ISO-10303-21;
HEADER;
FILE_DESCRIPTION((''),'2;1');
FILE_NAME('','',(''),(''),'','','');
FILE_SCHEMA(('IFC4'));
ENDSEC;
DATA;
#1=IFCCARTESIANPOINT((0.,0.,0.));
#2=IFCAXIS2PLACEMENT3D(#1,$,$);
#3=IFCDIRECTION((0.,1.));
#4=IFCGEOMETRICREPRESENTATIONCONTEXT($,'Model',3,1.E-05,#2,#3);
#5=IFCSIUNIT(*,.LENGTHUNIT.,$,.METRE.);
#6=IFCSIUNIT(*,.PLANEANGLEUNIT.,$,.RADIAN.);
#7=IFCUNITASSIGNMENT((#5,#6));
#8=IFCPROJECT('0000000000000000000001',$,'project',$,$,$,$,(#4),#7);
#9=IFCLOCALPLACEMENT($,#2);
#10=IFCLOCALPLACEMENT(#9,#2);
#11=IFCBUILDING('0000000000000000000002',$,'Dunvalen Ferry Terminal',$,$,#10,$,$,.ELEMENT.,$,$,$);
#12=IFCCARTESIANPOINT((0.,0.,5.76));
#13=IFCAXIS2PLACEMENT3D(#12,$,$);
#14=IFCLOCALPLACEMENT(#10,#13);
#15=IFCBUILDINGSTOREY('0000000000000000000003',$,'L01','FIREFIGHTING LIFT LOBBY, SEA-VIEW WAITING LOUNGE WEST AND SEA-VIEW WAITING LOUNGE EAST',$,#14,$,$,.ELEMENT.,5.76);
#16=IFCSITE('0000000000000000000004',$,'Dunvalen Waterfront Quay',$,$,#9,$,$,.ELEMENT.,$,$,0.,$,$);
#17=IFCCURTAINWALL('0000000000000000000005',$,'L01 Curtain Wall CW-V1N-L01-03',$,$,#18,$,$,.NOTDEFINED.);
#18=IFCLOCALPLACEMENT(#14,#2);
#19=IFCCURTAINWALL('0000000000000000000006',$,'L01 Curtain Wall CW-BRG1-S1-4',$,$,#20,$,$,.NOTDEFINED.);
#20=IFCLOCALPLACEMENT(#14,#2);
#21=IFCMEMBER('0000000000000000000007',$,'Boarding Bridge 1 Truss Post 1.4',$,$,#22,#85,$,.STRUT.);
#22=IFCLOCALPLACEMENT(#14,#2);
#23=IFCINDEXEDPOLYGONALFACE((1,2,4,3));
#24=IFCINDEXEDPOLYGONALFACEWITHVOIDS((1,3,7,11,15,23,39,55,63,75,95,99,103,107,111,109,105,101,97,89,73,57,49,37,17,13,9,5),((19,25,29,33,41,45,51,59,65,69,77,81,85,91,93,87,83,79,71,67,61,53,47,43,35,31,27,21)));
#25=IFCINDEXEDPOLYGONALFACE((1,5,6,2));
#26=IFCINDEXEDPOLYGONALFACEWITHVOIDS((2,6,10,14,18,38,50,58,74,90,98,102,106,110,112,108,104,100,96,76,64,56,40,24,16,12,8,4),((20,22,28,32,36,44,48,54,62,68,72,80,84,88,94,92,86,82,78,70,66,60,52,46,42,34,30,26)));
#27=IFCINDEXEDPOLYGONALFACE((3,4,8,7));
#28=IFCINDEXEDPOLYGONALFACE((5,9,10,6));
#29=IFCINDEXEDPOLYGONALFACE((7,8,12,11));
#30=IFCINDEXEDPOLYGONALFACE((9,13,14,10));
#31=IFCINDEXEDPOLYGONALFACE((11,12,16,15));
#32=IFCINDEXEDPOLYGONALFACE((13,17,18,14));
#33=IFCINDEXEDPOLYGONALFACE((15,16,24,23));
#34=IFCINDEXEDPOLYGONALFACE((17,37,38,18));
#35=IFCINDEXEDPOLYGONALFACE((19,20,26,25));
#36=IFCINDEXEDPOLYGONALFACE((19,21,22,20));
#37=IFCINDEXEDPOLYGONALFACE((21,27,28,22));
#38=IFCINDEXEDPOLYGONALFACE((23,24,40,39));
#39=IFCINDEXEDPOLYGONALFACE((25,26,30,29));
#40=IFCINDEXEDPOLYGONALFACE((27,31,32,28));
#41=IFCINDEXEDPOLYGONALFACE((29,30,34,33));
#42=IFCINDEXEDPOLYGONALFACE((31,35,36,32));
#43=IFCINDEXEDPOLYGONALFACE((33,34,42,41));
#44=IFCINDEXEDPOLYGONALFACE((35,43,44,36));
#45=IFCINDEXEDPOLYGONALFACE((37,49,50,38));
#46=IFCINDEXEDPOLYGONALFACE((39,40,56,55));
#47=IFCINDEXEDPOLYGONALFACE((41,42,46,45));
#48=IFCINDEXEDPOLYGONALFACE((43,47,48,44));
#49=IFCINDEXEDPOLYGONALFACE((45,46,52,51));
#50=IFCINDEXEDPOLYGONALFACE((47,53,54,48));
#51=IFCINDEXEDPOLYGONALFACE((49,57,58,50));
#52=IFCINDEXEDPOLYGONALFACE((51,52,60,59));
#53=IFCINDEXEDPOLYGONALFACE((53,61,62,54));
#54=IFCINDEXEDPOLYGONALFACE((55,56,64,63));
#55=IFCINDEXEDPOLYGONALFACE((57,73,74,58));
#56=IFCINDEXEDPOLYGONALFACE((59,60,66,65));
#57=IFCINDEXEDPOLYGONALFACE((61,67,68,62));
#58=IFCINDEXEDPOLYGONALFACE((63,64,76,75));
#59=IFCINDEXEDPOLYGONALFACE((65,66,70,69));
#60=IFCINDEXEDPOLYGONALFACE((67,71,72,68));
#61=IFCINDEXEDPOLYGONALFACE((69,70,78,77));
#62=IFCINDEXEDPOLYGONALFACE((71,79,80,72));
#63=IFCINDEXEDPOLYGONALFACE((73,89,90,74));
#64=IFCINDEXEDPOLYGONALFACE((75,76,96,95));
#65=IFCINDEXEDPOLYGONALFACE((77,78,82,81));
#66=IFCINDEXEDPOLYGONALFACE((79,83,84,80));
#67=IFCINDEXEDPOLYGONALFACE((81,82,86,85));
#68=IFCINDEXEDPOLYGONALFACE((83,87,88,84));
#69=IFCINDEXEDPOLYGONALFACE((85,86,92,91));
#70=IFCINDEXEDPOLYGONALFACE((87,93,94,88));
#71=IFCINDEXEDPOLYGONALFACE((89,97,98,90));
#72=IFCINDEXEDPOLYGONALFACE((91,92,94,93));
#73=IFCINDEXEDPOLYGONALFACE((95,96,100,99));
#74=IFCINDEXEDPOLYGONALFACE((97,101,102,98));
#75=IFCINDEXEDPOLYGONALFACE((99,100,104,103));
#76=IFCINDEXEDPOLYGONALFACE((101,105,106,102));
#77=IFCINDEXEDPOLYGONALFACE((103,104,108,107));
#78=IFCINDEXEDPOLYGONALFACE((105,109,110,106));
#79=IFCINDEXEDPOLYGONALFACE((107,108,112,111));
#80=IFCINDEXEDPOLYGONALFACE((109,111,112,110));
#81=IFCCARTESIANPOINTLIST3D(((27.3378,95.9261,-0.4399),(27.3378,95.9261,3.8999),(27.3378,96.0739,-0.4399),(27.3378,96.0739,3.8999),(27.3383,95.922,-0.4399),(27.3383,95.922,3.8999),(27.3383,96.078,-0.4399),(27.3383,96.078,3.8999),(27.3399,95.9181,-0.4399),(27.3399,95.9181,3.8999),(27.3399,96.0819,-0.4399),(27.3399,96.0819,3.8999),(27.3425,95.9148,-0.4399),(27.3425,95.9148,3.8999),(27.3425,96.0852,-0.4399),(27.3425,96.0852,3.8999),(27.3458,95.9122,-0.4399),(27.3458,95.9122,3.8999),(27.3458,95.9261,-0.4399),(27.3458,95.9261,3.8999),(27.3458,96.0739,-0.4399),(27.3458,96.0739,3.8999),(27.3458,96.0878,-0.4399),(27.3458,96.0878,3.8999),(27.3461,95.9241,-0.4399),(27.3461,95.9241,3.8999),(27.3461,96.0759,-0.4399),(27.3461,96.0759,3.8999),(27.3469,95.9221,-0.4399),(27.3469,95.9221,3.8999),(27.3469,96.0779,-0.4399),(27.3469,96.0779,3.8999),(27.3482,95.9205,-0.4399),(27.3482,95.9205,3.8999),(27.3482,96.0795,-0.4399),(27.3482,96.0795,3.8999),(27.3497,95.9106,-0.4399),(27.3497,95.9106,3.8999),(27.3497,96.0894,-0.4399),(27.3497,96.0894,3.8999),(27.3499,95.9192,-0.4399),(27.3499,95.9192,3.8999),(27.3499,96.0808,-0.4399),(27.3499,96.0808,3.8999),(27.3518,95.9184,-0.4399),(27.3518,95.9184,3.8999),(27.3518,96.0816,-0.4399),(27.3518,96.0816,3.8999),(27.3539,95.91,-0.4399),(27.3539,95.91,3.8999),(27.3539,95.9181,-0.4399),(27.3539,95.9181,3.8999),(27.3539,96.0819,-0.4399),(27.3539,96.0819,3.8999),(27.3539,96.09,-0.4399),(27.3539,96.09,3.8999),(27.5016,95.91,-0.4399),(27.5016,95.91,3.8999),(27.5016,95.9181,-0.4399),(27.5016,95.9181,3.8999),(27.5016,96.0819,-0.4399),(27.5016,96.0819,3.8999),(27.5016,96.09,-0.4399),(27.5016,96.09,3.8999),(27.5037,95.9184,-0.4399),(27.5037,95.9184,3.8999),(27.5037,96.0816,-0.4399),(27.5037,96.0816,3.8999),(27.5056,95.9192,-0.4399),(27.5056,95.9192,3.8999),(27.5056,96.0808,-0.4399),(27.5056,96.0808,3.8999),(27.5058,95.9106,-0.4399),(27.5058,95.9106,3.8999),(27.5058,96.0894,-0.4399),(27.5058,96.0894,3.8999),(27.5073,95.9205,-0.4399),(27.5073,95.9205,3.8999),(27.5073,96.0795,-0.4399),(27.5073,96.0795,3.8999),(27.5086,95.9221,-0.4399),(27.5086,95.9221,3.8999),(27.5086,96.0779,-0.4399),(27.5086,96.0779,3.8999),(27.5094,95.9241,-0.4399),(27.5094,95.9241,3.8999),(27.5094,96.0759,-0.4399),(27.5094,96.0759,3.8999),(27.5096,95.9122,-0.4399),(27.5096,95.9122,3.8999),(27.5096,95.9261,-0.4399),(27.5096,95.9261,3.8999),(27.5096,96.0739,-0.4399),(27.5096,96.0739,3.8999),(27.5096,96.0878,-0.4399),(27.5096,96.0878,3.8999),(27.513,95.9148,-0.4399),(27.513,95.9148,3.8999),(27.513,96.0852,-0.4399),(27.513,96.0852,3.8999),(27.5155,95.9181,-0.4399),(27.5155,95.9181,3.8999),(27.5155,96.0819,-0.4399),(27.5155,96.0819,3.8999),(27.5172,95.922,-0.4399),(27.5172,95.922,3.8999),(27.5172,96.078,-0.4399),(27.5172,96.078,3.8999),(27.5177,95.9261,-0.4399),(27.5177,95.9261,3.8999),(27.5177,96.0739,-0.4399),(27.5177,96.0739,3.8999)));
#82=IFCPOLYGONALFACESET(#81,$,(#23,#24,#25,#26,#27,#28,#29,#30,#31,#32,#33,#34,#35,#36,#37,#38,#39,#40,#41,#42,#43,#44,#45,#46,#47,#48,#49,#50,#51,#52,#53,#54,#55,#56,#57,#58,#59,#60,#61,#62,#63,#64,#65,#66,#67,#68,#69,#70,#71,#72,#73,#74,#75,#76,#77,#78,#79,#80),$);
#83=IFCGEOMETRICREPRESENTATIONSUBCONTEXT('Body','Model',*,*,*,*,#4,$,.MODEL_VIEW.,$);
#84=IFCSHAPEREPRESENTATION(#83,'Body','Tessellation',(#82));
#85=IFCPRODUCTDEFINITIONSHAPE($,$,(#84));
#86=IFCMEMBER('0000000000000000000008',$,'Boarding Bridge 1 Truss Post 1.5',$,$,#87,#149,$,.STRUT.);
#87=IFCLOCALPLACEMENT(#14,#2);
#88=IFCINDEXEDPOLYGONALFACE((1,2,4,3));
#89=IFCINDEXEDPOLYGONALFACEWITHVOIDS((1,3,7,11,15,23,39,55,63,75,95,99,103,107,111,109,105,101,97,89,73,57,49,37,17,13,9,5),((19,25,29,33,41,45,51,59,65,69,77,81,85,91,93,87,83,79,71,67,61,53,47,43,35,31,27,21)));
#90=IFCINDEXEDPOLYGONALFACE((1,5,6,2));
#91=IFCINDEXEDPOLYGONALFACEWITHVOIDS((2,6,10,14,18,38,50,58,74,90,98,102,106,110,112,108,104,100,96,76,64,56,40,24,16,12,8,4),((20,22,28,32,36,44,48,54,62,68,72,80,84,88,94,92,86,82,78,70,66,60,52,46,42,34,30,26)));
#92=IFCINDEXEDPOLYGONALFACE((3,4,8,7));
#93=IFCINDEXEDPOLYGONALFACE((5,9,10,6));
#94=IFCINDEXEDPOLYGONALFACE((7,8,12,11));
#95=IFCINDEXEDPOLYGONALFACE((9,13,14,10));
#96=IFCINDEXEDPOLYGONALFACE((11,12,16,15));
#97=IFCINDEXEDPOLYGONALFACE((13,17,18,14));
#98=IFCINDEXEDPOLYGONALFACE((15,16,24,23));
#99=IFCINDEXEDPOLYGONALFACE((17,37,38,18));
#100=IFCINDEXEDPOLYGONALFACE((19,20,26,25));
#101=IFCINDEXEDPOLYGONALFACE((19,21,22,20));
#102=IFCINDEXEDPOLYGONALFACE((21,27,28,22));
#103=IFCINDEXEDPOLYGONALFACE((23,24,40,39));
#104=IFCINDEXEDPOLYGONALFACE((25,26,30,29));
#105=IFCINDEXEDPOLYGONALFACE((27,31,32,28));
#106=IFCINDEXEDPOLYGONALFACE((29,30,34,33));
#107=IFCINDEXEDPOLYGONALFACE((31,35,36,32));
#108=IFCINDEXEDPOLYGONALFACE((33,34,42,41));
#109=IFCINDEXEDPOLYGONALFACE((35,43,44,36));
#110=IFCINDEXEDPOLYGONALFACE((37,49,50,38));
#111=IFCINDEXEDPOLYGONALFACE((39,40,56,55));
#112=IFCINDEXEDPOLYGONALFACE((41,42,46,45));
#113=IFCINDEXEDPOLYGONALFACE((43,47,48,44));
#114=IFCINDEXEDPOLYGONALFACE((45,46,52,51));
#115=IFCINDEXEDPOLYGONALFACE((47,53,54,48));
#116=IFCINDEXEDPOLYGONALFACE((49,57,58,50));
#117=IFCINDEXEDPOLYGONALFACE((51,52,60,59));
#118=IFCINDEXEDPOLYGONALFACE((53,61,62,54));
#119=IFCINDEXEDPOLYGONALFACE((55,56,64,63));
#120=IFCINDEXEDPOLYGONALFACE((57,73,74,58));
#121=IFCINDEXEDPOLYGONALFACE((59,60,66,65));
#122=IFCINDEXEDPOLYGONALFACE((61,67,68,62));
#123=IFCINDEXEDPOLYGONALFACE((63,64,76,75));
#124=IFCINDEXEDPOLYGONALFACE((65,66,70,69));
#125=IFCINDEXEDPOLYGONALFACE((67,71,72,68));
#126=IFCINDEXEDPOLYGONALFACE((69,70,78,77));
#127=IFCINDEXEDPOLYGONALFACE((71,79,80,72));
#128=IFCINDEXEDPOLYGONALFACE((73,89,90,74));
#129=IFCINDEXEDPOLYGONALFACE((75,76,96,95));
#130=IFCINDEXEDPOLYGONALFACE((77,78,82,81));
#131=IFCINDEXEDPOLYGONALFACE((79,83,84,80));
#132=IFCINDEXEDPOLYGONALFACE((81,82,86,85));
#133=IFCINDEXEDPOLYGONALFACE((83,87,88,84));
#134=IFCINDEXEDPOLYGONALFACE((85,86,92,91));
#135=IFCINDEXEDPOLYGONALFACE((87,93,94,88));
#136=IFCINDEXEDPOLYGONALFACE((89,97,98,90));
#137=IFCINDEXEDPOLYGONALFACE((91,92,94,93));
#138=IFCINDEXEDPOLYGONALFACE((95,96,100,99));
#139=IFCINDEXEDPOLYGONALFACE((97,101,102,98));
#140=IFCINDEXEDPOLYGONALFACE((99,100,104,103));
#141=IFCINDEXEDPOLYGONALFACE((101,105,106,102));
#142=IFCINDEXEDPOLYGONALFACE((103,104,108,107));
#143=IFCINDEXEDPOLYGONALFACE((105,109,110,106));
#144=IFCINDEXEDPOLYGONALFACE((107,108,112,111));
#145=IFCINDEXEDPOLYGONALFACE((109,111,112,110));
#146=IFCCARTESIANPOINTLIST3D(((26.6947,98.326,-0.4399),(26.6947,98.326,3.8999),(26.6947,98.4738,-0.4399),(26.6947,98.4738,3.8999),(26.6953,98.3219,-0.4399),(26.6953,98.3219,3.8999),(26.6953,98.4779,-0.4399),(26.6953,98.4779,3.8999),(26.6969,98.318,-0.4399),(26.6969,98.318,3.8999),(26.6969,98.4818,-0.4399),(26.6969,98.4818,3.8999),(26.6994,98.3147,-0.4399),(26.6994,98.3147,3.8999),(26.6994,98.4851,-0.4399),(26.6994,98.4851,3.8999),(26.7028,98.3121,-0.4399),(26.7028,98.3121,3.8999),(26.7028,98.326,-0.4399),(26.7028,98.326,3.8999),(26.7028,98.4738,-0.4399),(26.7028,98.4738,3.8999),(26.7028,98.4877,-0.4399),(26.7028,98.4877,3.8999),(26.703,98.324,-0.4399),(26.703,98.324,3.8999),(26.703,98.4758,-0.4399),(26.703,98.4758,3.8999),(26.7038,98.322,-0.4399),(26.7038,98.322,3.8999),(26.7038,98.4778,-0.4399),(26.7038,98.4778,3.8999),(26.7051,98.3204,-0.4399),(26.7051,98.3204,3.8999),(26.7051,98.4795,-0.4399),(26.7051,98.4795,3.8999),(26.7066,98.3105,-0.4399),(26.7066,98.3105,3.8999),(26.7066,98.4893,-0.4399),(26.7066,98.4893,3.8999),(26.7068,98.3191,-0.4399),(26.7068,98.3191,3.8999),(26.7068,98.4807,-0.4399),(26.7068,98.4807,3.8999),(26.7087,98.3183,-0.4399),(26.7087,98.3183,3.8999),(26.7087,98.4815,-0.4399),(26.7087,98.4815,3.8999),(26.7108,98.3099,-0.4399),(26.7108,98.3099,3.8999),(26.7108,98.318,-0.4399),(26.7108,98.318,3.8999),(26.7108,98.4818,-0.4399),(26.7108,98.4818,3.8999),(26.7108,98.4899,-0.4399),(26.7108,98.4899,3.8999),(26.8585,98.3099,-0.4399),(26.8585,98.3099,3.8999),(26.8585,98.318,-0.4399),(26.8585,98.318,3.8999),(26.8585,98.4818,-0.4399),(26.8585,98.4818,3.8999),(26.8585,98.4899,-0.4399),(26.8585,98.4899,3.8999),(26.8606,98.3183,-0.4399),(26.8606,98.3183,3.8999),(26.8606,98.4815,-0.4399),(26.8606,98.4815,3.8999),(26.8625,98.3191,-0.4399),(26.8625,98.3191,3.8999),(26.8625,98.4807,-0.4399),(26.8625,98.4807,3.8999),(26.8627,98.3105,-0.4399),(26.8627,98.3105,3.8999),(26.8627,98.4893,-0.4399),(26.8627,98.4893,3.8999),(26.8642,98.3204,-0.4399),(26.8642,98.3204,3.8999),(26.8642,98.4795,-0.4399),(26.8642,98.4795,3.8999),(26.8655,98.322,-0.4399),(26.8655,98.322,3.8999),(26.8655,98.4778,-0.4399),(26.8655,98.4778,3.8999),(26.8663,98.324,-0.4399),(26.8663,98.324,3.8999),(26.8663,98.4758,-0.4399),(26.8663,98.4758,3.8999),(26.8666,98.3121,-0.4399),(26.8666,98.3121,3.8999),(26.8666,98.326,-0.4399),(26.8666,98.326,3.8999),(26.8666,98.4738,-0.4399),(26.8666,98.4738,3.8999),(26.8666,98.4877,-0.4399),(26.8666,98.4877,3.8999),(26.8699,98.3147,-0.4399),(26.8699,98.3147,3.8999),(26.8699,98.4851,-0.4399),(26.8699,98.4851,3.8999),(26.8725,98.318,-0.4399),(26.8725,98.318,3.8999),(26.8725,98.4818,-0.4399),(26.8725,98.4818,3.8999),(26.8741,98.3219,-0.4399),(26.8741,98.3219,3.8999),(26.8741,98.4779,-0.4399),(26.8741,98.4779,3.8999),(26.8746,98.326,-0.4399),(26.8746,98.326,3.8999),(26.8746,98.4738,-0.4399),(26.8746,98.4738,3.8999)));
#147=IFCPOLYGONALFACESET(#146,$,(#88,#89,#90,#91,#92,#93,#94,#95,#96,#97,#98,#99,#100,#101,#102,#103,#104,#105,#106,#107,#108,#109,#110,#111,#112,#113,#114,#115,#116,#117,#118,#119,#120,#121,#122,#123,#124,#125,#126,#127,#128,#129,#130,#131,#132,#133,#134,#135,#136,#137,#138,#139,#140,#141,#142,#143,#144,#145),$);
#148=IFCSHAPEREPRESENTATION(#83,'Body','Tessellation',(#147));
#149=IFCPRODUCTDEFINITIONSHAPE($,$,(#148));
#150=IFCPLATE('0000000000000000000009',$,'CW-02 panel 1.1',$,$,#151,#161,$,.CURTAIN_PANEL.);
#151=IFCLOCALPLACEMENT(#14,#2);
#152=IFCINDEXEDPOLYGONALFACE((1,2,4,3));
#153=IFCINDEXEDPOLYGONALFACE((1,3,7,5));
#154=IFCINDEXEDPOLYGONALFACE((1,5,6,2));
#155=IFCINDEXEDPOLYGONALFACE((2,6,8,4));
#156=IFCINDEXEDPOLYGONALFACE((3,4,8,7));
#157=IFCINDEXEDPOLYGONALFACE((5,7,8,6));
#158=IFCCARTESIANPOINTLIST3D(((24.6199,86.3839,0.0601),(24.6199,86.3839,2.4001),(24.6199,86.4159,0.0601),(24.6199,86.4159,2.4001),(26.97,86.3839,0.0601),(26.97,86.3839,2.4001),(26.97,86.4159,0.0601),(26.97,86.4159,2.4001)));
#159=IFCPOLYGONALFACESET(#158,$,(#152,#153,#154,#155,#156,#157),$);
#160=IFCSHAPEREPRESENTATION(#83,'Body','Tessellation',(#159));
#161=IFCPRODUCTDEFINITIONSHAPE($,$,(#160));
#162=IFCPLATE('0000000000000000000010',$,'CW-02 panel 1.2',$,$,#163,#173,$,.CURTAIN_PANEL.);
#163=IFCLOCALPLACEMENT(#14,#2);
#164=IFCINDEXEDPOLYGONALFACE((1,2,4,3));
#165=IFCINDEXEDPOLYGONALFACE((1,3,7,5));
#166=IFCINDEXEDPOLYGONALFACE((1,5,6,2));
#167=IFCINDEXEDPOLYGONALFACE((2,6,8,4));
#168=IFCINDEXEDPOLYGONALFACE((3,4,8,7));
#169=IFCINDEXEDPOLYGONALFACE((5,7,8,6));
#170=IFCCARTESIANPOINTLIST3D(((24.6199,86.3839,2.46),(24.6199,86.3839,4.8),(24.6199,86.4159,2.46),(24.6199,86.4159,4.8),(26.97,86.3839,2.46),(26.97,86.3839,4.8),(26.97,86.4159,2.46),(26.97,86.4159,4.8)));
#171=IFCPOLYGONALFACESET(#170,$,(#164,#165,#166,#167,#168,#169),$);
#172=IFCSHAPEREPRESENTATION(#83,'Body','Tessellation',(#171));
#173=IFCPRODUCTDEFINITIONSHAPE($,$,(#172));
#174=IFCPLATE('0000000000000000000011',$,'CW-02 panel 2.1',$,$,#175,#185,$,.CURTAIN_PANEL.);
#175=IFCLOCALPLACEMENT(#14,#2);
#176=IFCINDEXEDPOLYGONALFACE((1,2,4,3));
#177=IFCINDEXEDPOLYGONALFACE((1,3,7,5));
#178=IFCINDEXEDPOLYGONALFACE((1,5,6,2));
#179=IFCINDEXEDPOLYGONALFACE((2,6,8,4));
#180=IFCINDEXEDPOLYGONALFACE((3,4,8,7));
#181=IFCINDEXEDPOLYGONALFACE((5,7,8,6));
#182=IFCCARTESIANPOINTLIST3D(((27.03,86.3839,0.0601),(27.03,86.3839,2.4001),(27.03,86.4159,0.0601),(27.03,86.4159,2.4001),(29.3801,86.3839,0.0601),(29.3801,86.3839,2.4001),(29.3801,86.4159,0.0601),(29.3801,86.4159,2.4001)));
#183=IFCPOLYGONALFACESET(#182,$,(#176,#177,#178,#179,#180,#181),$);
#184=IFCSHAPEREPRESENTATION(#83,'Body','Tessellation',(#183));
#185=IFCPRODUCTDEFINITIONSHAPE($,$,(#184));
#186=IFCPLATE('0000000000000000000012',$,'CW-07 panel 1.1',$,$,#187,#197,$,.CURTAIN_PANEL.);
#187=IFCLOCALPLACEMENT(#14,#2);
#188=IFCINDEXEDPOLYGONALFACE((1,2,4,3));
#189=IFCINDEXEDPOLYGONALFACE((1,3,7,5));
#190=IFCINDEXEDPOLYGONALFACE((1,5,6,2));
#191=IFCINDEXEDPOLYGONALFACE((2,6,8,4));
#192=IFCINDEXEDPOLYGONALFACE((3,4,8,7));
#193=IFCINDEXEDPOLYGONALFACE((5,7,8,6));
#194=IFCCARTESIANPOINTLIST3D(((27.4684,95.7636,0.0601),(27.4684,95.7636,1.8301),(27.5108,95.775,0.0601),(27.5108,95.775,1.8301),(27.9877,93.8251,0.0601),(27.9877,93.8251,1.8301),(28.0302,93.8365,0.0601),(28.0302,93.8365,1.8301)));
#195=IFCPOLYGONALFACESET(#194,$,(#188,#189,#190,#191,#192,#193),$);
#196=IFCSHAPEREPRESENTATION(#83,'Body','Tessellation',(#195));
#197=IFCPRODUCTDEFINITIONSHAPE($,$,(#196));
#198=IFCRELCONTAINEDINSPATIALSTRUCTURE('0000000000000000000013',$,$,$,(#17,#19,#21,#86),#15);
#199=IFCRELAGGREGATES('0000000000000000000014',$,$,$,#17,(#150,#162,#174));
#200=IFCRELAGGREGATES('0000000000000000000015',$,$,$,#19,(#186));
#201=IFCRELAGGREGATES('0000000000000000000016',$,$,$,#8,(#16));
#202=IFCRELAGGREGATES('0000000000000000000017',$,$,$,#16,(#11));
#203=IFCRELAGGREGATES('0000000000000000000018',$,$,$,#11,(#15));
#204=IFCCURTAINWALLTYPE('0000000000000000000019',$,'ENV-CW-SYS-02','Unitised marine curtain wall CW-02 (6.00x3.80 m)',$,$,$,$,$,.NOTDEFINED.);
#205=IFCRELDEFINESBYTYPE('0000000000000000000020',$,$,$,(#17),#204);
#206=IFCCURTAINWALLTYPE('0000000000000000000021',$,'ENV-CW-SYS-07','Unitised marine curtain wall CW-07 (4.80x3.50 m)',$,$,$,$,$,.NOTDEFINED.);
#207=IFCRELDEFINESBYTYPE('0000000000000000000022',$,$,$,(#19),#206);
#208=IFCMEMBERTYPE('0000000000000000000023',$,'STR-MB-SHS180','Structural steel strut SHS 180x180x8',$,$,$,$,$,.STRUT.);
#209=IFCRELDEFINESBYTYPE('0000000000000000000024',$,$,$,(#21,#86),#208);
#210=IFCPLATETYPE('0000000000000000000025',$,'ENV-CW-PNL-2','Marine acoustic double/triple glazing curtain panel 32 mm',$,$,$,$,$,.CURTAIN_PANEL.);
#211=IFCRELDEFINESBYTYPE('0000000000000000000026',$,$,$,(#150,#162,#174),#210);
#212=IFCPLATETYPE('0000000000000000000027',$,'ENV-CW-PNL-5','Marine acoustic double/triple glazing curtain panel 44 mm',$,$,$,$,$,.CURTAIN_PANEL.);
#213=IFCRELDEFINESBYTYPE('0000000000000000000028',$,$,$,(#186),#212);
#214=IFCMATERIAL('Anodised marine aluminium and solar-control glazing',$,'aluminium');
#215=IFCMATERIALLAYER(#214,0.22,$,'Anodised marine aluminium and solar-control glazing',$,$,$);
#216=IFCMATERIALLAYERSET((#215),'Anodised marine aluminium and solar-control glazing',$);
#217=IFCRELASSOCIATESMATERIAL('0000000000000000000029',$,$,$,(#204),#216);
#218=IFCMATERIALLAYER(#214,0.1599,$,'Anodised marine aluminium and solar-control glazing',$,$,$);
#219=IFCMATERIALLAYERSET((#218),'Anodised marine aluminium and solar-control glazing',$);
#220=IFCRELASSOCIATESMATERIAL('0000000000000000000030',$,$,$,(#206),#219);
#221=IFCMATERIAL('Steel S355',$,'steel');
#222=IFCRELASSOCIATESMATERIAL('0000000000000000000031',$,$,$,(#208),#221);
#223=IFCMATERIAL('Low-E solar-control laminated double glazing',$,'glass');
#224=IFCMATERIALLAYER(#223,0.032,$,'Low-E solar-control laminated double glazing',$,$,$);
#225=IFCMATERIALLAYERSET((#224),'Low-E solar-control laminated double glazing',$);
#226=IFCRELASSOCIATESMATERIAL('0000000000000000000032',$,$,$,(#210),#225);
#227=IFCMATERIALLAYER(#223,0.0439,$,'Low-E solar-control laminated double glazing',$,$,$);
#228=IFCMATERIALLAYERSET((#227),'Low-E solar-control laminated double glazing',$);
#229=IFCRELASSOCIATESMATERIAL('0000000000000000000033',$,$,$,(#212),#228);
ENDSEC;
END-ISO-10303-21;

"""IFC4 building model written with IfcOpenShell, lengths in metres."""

from ifc_helpers import new_model, si_unit, direction, frame, origin, origin_2d, place, context, subcontext, project, spatial, rectangle, hollow_rectangle, extrude, material, layer, layer_set, material_profile, profile_set, type_object, element, aggregate, save


model = new_model("IFC4")

# Units and contexts
model_context = context("Model", 3, precision=1e-05, world=origin(), true_north=direction((0.0, 1.0)))
body_context = subcontext(model_context, "Body", "Model", "MODEL_VIEW")
ifc_project = project(units=[si_unit("LENGTHUNIT", "METRE"), si_unit("PLANEANGLEUNIT", "RADIAN")], contexts=[model_context])

# Site, building, storey
site_placement = place(None, origin())
site = spatial("IfcSite", under=ifc_project, at=site_placement, Name="Dunvalen Waterfront Quay", CompositionType="ELEMENT", RefElevation=0.0)
building_placement = place(site_placement, origin())
building = spatial("IfcBuilding", under=site, at=building_placement, Name="Dunvalen Ferry Terminal", CompositionType="ELEMENT")
storey_placement = place(building_placement, frame((0.0, 0.0, 5.76)))
storey = spatial("IfcBuildingStorey", under=building, at=storey_placement, Name="L01", Description="FIREFIGHTING LIFT LOBBY, SEA-VIEW WAITING LOUNGE WEST AND SEA-VIEW WAITING LOUNGE EAST", CompositionType="ELEMENT", Elevation=5.76)

# Shared definitions
ifc_material_1 = material(Name="Steel S355", Category="steel")

# Curtain wall
ifc_material_2 = material(Name="Anodised marine aluminium and solar-control glazing", Category="aluminium")
ifc_layer_1 = layer(ifc_material_2, 0.22, Name="Anodised marine aluminium and solar-control glazing")
ifc_layer_set_1 = layer_set([ifc_layer_1], Name="Anodised marine aluminium and solar-control glazing")
curtain_wall_type_1 = type_object("IfcCurtainWallType", Name="ENV-CW-SYS-02", Description="Unitised marine curtain wall CW-02 (6.00x3.80 m)", PredefinedType="NOTDEFINED", material=ifc_layer_set_1)
curtain_wall_1_placement = place(storey_placement, origin())
curtain_wall_1 = element("IfcCurtainWall", 1, at=curtain_wall_1_placement, inside=storey, type_object=curtain_wall_type_1, Name="L01 Curtain Wall CW-V1N-L01-03", PredefinedType="NOTDEFINED")
ifc_layer_2 = layer(ifc_material_2, 0.1599, Name="Anodised marine aluminium and solar-control glazing")
ifc_layer_set_2 = layer_set([ifc_layer_2], Name="Anodised marine aluminium and solar-control glazing")
curtain_wall_type_2 = type_object("IfcCurtainWallType", Name="ENV-CW-SYS-07", Description="Unitised marine curtain wall CW-07 (4.80x3.50 m)", PredefinedType="NOTDEFINED", material=ifc_layer_set_2)

# Curtain wall
curtain_wall_2_placement = place(storey_placement, origin())
curtain_wall_2 = element("IfcCurtainWall", 2, at=curtain_wall_2_placement, inside=storey, type_object=curtain_wall_type_2, Name="L01 Curtain Wall CW-BRG1-S1-4", PredefinedType="NOTDEFINED")

# Members
ifc_material_profile_1 = material_profile(ifc_material_1, hollow_rectangle(XDim=0.1799, YDim=0.1799, WallThickness=0.0081, InnerFilletRadius=0.0081, OuterFilletRadius=0.0161, at=origin_2d()), Name="Steel S355")
ifc_profile_set_1 = profile_set([ifc_material_profile_1], Name="Steel S355")
member_type_1 = type_object("IfcMemberType", Name="STR-MB-SHS180", Description="Structural steel strut SHS 180x180x8", PredefinedType="STRUT", material=ifc_profile_set_1)
for number, where, z_axis, x_axis, name in (
    (3, (27.4277, 96.0, -0.4399), (0.0, 0.0, 1.0), (1.0, 0.0, 0.0), "Boarding Bridge 1 Truss Post 1.4"),
    (4, (26.7847, 98.3999, -0.4399), (0.0, 0.0, 1.0), (1.0, 0.0, 0.0), "Boarding Bridge 1 Truss Post 1.5"),
):
    element("IfcMember", number, at=place(storey_placement, frame(where, z_axis=z_axis, x_axis=x_axis)), inside=storey, type_object=member_type_1, Name=name, PredefinedType="STRUT", context=body_context, shape_type="SweptSolid", body=[
        extrude(hollow_rectangle(XDim=0.1799, YDim=0.1799, WallThickness=0.0081, InnerFilletRadius=0.0081, OuterFilletRadius=0.0161, at=origin_2d()), origin(), (0.0, 0.0, 1.0), 4.3398),
    ])

# Plates
ifc_material_3 = material(Name="Low-E solar-control laminated double glazing", Category="glass")
ifc_layer_3 = layer(ifc_material_3, 0.032, Name="Low-E solar-control laminated double glazing")
ifc_layer_set_3 = layer_set([ifc_layer_3], Name="Low-E solar-control laminated double glazing")
plate_type_1 = type_object("IfcPlateType", Name="ENV-CW-PNL-2", Description="Marine acoustic double/triple glazing curtain panel 32 mm", PredefinedType="CURTAIN_PANEL", material=ifc_layer_set_3)
plate_1_placement = place(storey_placement, frame((25.7949, 86.3999, 0.0601), z_axis=(0.0, 0.0, 1.0), x_axis=(1.0, 0.0, 0.0)))
plate_1 = element("IfcPlate", 5, at=plate_1_placement, type_object=plate_type_1, Name="CW-02 panel 1.1", PredefinedType="CURTAIN_PANEL", context=body_context, shape_type="SweptSolid", body=[
    extrude(rectangle(XDim=2.3501, YDim=0.032, at=origin_2d()), origin(), (0.0, 0.0, 1.0), 2.3401),
])
plate_2_placement = place(storey_placement, frame((25.7949, 86.3999, 2.46), z_axis=(0.0, 0.0, 1.0), x_axis=(1.0, 0.0, 0.0)))
plate_2 = element("IfcPlate", 6, at=plate_2_placement, type_object=plate_type_1, Name="CW-02 panel 1.2", PredefinedType="CURTAIN_PANEL", context=body_context, shape_type="SweptSolid", body=[
    extrude(rectangle(XDim=2.3501, YDim=0.032, at=origin_2d()), origin(), (0.0, 0.0, 1.0), 2.3401),
])
plate_3_placement = place(storey_placement, frame((28.2051, 86.3999, 0.0601), z_axis=(0.0, 0.0, 1.0), x_axis=(1.0, 0.0, 0.0)))
plate_3 = element("IfcPlate", 7, at=plate_3_placement, type_object=plate_type_1, Name="CW-02 panel 2.1", PredefinedType="CURTAIN_PANEL", context=body_context, shape_type="SweptSolid", body=[
    extrude(rectangle(XDim=2.3501, YDim=0.032, at=origin_2d()), origin(), (0.0, 0.0, 1.0), 2.3401),
])
aggregate(curtain_wall_1, [plate_1, plate_2, plate_3])
ifc_layer_4 = layer(ifc_material_3, 0.0439, Name="Low-E solar-control laminated double glazing")
ifc_layer_set_4 = layer_set([ifc_layer_4], Name="Low-E solar-control laminated double glazing")
plate_type_2 = type_object("IfcPlateType", Name="ENV-CW-PNL-5", Description="Marine acoustic double/triple glazing curtain panel 44 mm", PredefinedType="CURTAIN_PANEL", material=ifc_layer_set_4)
plate_4_placement = place(storey_placement, frame((27.7493, 94.8, 0.0601), z_axis=(0.0, 0.0, 1.0), x_axis=(-0.258786, 0.965935, 0.0)))
plate_4 = element("IfcPlate", 8, at=plate_4_placement, type_object=plate_type_2, Name="CW-07 panel 1.1", PredefinedType="CURTAIN_PANEL", context=body_context, shape_type="SweptSolid", body=[
    extrude(rectangle(XDim=2.0068, YDim=0.0439, at=origin_2d()), origin(), (0.0, 0.0, 1.0), 1.77),
])
aggregate(curtain_wall_2, [plate_4])

save(model, "model.ifc")
